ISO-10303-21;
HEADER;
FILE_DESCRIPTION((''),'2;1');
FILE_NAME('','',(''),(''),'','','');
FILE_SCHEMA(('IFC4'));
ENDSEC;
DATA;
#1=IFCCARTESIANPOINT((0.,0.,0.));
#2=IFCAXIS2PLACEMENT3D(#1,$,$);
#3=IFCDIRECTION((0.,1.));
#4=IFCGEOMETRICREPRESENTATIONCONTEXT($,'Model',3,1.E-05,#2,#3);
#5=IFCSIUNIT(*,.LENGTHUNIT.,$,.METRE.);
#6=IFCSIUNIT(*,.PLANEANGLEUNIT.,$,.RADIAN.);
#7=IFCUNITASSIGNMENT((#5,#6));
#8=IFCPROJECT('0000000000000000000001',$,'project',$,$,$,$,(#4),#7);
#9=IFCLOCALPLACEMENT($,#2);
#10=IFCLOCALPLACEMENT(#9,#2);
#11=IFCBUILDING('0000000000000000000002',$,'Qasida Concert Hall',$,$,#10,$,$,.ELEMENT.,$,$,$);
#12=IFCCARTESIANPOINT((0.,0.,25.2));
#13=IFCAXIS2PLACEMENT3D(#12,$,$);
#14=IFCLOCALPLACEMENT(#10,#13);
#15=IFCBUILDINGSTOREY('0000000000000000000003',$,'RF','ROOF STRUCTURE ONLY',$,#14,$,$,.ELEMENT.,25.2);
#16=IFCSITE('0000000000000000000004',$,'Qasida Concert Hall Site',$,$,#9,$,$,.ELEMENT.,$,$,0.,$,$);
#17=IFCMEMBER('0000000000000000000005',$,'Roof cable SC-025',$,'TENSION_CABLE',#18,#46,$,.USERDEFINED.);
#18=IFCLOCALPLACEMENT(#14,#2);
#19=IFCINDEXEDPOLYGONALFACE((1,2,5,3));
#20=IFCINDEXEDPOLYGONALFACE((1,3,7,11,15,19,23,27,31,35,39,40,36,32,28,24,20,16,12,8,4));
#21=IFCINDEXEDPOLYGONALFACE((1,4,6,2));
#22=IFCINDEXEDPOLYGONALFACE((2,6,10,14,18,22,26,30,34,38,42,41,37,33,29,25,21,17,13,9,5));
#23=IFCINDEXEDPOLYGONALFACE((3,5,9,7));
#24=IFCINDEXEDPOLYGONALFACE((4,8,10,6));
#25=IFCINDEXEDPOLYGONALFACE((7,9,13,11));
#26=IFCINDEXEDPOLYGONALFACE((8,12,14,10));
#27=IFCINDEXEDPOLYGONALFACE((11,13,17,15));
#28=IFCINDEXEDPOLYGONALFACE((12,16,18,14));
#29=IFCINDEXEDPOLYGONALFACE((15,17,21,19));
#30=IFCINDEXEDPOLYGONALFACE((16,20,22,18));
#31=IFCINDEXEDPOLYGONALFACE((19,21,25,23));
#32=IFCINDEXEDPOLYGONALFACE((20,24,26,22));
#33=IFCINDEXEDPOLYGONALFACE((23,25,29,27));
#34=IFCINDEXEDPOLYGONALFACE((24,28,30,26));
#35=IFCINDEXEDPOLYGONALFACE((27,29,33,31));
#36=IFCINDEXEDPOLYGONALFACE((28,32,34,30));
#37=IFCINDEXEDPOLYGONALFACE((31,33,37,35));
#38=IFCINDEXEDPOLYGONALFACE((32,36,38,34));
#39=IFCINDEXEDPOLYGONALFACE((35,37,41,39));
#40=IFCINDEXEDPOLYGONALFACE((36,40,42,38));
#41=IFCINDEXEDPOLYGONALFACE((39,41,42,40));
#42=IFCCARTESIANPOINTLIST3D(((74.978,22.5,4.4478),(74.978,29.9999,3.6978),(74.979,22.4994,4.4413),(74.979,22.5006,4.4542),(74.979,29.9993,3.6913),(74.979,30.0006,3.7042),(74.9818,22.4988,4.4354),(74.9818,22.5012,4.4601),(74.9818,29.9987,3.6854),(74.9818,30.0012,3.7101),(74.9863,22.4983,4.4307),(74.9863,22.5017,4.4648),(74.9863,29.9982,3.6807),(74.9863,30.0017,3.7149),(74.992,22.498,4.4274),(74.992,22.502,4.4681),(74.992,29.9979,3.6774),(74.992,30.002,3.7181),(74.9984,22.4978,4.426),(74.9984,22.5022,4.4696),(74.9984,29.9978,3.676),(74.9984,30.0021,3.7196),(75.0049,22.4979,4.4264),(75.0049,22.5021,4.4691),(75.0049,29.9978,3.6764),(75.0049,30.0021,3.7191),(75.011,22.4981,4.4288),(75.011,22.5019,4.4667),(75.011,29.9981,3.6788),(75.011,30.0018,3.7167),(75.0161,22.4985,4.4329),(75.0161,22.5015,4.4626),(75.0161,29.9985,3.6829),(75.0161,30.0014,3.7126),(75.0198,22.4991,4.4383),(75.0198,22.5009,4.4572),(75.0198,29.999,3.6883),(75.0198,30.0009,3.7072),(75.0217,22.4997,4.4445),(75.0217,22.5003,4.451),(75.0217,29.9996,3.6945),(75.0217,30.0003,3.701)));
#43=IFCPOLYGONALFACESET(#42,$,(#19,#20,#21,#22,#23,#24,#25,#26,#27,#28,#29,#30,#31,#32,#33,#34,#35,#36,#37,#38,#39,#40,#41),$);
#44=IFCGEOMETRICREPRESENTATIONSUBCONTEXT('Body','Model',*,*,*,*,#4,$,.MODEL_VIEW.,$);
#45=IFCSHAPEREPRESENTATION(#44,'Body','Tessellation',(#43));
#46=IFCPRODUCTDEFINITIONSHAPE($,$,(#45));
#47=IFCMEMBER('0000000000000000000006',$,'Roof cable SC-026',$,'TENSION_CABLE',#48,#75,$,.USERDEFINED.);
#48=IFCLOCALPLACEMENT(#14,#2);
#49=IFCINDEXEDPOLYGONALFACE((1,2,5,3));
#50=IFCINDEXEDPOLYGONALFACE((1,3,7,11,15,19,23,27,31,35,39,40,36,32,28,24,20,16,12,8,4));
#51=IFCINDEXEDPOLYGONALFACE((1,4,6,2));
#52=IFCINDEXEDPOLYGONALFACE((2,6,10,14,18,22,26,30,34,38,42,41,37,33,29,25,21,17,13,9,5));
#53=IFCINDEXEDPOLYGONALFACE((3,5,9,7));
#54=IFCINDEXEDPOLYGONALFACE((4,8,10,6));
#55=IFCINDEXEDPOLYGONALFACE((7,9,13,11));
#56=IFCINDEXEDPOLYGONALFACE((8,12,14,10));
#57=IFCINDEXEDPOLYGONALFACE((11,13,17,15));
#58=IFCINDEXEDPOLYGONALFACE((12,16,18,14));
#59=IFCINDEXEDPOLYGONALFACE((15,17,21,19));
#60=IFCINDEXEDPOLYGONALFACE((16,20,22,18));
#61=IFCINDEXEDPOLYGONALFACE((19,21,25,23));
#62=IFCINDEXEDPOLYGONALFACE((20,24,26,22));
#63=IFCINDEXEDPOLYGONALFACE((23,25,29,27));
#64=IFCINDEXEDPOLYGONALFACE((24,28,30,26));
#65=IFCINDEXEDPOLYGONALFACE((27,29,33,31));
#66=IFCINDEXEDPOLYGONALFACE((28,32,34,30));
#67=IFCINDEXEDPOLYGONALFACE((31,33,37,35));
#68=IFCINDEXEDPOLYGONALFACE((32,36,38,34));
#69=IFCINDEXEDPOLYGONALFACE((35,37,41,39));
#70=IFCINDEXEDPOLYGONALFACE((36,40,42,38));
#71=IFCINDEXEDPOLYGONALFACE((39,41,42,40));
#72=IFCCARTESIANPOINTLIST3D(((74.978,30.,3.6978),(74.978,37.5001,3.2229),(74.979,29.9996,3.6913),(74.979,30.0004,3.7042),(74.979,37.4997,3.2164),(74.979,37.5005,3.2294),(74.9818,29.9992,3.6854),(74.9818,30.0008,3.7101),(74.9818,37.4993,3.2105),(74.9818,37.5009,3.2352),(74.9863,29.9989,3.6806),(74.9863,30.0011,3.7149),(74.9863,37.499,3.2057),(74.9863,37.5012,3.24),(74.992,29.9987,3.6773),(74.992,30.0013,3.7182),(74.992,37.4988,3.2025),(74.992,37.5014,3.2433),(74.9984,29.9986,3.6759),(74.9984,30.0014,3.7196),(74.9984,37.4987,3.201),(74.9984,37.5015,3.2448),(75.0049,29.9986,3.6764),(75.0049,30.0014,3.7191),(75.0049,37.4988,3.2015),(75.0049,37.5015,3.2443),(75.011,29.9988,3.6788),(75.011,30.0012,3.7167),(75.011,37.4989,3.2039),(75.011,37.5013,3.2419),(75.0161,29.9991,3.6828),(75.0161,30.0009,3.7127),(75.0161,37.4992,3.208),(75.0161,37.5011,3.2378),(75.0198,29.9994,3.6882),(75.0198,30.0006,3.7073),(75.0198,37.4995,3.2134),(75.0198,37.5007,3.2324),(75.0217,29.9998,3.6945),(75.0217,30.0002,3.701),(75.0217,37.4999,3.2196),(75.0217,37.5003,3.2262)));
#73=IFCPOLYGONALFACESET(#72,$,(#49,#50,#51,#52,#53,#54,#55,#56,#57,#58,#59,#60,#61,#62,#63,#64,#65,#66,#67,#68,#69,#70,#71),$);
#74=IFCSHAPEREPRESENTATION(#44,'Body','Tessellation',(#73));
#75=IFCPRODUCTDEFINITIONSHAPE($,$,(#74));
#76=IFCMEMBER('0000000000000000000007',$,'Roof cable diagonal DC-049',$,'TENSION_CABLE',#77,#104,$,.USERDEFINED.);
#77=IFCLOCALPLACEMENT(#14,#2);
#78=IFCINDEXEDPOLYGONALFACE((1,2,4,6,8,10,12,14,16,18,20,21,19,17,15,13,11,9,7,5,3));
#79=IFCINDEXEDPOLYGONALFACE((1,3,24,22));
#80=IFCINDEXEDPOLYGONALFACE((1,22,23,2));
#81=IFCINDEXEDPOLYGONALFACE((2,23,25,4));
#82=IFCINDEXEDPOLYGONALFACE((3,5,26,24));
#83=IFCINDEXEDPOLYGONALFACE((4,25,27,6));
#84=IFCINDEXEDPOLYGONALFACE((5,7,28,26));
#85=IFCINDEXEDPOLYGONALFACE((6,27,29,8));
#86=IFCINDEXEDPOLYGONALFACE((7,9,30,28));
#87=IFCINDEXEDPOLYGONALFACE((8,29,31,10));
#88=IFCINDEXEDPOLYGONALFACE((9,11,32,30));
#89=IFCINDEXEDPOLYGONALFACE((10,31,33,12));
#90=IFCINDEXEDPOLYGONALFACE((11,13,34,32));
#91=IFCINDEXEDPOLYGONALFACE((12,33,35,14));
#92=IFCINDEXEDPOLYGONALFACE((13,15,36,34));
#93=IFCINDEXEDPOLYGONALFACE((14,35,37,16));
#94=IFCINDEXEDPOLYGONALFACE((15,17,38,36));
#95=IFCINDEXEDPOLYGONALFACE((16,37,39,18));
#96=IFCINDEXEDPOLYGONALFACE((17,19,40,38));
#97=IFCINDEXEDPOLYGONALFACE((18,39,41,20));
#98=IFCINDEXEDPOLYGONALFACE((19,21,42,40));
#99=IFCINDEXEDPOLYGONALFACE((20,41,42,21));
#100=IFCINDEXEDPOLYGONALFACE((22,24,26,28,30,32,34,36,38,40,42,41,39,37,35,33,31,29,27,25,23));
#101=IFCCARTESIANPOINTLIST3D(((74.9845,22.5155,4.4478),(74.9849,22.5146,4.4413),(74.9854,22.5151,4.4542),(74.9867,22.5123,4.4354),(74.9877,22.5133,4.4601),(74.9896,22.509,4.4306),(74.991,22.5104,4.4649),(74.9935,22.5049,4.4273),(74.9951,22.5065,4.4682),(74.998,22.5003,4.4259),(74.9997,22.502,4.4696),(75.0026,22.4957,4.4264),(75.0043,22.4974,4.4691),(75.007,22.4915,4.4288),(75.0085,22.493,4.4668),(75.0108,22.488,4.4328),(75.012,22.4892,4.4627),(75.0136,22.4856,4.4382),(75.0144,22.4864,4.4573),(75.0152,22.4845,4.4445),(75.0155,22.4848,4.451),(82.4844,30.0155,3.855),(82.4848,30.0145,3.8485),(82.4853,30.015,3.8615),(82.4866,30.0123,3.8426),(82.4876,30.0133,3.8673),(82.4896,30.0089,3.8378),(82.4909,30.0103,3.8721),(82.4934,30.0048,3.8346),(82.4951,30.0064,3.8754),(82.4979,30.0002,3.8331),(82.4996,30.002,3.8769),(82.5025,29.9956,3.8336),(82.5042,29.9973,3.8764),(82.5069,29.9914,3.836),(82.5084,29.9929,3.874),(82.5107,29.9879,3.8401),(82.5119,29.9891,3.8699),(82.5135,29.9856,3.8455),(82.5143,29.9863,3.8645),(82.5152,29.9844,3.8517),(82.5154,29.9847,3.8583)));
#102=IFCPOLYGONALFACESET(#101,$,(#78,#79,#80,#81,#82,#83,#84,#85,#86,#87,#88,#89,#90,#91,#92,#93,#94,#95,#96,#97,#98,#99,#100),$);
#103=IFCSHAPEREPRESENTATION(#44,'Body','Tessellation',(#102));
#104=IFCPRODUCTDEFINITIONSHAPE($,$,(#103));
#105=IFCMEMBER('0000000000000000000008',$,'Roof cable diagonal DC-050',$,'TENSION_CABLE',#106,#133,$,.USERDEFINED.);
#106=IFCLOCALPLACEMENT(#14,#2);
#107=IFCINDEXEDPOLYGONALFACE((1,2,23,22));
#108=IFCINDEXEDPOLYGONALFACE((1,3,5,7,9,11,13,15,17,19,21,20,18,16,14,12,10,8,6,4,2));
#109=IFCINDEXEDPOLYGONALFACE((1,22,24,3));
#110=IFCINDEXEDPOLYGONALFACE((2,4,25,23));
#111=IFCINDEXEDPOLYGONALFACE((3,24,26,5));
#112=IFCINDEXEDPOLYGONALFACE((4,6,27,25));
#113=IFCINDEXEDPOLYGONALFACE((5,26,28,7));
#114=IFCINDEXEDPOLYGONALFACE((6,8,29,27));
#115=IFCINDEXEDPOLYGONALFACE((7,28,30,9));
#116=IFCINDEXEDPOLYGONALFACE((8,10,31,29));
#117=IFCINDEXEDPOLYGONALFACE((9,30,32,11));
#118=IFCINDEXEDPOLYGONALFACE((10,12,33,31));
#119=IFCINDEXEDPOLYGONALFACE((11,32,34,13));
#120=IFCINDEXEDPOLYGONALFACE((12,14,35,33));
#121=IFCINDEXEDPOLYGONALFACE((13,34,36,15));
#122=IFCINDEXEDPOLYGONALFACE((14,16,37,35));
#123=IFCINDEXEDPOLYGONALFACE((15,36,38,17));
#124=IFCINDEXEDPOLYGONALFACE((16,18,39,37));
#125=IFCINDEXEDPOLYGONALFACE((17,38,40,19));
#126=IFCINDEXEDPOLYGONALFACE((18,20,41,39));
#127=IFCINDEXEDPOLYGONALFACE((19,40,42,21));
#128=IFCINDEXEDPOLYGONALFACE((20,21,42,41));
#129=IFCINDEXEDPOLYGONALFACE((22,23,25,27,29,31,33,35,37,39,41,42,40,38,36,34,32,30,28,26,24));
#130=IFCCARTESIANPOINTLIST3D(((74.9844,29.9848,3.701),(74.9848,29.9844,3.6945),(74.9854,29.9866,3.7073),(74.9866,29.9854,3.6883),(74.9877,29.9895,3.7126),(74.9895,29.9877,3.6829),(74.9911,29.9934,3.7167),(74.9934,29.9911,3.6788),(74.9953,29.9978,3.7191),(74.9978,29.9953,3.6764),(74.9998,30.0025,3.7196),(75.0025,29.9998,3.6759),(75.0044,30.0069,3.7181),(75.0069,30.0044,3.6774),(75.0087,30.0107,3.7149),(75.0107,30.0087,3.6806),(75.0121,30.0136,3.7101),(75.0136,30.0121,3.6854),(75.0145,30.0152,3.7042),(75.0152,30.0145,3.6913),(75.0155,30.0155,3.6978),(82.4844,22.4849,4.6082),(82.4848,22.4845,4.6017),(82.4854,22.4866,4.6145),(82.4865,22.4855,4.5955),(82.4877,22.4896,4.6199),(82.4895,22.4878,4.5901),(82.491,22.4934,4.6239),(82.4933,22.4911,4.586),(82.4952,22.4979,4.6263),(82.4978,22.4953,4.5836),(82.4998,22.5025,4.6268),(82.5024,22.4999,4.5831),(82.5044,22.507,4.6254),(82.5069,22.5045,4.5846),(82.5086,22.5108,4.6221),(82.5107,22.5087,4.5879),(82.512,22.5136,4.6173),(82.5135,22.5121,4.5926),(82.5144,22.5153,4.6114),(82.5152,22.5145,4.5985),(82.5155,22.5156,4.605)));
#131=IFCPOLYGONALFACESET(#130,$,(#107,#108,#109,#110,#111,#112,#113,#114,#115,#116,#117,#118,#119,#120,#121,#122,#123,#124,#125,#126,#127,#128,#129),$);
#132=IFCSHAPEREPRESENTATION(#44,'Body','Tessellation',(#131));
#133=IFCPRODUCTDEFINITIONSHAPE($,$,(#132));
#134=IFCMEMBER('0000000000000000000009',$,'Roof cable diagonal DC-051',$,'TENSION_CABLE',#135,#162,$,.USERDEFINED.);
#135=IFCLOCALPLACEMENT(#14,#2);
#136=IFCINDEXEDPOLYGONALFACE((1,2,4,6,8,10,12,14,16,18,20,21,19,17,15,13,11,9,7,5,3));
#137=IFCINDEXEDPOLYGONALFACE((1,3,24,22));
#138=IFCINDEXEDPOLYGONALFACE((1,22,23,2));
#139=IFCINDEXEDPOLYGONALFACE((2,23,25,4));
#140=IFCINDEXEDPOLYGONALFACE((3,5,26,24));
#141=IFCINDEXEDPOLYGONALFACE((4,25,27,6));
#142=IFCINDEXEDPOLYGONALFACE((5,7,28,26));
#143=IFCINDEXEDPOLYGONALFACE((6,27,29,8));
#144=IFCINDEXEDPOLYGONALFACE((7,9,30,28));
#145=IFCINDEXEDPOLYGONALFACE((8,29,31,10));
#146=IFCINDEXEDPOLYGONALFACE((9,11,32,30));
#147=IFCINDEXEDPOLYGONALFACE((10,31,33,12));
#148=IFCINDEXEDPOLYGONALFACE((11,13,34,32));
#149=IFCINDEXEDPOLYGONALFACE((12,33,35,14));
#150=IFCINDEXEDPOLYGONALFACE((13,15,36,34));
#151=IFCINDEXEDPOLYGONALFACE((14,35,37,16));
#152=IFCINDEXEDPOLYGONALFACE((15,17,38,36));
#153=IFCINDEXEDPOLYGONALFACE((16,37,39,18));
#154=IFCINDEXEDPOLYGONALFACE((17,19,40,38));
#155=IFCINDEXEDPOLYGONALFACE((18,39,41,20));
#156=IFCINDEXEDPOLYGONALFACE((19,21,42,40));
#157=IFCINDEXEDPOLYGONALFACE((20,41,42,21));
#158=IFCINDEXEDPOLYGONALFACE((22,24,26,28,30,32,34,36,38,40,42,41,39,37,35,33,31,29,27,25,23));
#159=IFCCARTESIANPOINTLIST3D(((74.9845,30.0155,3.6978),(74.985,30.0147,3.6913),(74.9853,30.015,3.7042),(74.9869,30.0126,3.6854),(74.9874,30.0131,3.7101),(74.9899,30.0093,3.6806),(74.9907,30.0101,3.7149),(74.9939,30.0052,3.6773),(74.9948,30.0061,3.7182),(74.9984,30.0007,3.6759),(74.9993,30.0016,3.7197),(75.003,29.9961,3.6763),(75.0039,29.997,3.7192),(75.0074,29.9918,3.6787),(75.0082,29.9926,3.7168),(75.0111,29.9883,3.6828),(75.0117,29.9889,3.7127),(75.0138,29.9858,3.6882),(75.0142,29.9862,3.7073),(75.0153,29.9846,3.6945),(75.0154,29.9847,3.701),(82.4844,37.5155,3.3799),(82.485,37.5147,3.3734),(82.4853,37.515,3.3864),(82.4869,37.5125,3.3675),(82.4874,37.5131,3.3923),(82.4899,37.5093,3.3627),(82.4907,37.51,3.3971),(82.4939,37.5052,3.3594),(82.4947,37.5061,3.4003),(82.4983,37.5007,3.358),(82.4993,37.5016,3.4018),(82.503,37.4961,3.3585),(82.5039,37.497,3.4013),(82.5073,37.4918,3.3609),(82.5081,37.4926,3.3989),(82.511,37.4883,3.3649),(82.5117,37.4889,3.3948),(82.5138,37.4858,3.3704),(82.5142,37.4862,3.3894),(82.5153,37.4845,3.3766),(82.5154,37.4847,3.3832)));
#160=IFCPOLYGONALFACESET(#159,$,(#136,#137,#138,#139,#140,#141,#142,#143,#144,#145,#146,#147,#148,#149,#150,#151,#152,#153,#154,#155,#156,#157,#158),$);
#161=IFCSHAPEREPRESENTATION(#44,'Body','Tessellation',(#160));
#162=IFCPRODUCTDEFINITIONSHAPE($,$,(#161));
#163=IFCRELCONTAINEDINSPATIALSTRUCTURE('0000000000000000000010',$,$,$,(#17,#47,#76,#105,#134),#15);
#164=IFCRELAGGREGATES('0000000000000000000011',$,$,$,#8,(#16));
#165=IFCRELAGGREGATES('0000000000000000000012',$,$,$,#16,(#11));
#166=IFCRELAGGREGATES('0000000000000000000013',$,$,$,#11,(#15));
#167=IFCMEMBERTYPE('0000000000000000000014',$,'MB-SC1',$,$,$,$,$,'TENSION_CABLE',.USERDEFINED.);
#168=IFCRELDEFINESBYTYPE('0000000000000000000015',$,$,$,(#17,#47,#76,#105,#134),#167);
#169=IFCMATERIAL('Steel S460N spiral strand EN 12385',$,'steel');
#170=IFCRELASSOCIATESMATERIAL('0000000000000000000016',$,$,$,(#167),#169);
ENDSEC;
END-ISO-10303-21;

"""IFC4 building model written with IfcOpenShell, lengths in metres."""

from ifc_helpers import new_model, si_unit, direction, frame, origin, origin_2d, place, context, subcontext, project, spatial, circle, extrude, material, material_profile, profile_set, type_object, element, save


model = new_model("IFC4")

# Units and contexts
model_context = context("Model", 3, precision=1e-05, world=origin(), true_north=direction((0.0, 1.0)))
body_context = subcontext(model_context, "Body", "Model", "MODEL_VIEW")
ifc_project = project(units=[si_unit("LENGTHUNIT", "METRE"), si_unit("PLANEANGLEUNIT", "RADIAN")], contexts=[model_context])

# Site, building, storey
site_placement = place(None, origin())
site = spatial("IfcSite", under=ifc_project, at=site_placement, Name="Qasida Concert Hall Site", CompositionType="ELEMENT", RefElevation=0.0)
building_placement = place(site_placement, origin())
building = spatial("IfcBuilding", under=site, at=building_placement, Name="Qasida Concert Hall", CompositionType="ELEMENT")
storey_placement = place(building_placement, frame((0.0, 0.0, 25.2)))
storey = spatial("IfcBuildingStorey", under=building, at=storey_placement, Name="RF", Description="ROOF STRUCTURE ONLY", CompositionType="ELEMENT", Elevation=25.2)

# Members
ifc_material_1 = material(Name="Steel S460N spiral strand EN 12385", Category="steel")
ifc_material_profile_1 = material_profile(ifc_material_1, circle(Radius=0.022, at=origin_2d()), Name="STRAND D44")
ifc_profile_set_1 = profile_set([ifc_material_profile_1], Name="Steel S460N spiral strand EN 12385")
member_type_1 = type_object("IfcMemberType", Name="MB-SC1", ElementType="TENSION_CABLE", PredefinedType="USERDEFINED", material=ifc_profile_set_1)
member_1_placement = place(storey_placement, frame((75.0, 22.5, 4.4478), z_axis=(0.0, 0.995037, -0.099504), x_axis=(-1.0, 0.0, 0.0)))
element("IfcMember", 1, at=member_1_placement, inside=storey, type_object=member_type_1, Name="Roof cable SC-025", ObjectType="TENSION_CABLE", PredefinedType="USERDEFINED", context=body_context, shape_type="SweptSolid", body=[
    extrude(circle(Radius=0.022, at=origin_2d()), origin(), (0.0, 0.0, 1.0), 7.5374),
])
member_2_placement = place(storey_placement, frame((75.0, 30.0, 3.6978), z_axis=(0.0, 0.998002, -0.063187), x_axis=(-1.0, 0.0, 0.0)))
element("IfcMember", 2, at=member_2_placement, inside=storey, type_object=member_type_1, Name="Roof cable SC-026", ObjectType="TENSION_CABLE", PredefinedType="USERDEFINED", context=body_context, shape_type="SweptSolid", body=[
    extrude(circle(Radius=0.022, at=origin_2d()), origin(), (0.0, 0.0, 1.0), 7.5151),
])
member_3_placement = place(storey_placement, frame((75.0, 22.5, 4.4478), z_axis=(0.706005, 0.706005, -0.0558), x_axis=(-0.707107, 0.707107, 0.0)))
element("IfcMember", 3, at=member_3_placement, inside=storey, type_object=member_type_1, Name="Roof cable diagonal DC-049", ObjectType="TENSION_CABLE", PredefinedType="USERDEFINED", context=body_context, shape_type="SweptSolid", body=[
    extrude(circle(Radius=0.022, at=origin_2d()), origin(), (0.0, 0.0, 1.0), 10.623),
])
member_4_placement = place(storey_placement, frame((75.0, 30.0, 3.6978), z_axis=(0.704534, -0.704534, 0.085223), x_axis=(0.707107, 0.707107, 0.0)))
element("IfcMember", 4, at=member_4_placement, inside=storey, type_object=member_type_1, Name="Roof cable diagonal DC-050", ObjectType="TENSION_CABLE", PredefinedType="USERDEFINED", context=body_context, shape_type="SweptSolid", body=[
    extrude(circle(Radius=0.022, at=origin_2d()), origin(), (0.0, 0.0, 1.0), 10.6453),
])
member_5_placement = place(storey_placement, frame((75.0, 30.0, 3.6978), z_axis=(0.706789, 0.706789, -0.029956), x_axis=(-0.707107, 0.707107, 0.0)))
element("IfcMember", 5, at=member_5_placement, inside=storey, type_object=member_type_1, Name="Roof cable diagonal DC-051", ObjectType="TENSION_CABLE", PredefinedType="USERDEFINED", context=body_context, shape_type="SweptSolid", body=[
    extrude(circle(Radius=0.022, at=origin_2d()), origin(), (0.0, 0.0, 1.0), 10.6113),
])

save(model, "model.ifc")
